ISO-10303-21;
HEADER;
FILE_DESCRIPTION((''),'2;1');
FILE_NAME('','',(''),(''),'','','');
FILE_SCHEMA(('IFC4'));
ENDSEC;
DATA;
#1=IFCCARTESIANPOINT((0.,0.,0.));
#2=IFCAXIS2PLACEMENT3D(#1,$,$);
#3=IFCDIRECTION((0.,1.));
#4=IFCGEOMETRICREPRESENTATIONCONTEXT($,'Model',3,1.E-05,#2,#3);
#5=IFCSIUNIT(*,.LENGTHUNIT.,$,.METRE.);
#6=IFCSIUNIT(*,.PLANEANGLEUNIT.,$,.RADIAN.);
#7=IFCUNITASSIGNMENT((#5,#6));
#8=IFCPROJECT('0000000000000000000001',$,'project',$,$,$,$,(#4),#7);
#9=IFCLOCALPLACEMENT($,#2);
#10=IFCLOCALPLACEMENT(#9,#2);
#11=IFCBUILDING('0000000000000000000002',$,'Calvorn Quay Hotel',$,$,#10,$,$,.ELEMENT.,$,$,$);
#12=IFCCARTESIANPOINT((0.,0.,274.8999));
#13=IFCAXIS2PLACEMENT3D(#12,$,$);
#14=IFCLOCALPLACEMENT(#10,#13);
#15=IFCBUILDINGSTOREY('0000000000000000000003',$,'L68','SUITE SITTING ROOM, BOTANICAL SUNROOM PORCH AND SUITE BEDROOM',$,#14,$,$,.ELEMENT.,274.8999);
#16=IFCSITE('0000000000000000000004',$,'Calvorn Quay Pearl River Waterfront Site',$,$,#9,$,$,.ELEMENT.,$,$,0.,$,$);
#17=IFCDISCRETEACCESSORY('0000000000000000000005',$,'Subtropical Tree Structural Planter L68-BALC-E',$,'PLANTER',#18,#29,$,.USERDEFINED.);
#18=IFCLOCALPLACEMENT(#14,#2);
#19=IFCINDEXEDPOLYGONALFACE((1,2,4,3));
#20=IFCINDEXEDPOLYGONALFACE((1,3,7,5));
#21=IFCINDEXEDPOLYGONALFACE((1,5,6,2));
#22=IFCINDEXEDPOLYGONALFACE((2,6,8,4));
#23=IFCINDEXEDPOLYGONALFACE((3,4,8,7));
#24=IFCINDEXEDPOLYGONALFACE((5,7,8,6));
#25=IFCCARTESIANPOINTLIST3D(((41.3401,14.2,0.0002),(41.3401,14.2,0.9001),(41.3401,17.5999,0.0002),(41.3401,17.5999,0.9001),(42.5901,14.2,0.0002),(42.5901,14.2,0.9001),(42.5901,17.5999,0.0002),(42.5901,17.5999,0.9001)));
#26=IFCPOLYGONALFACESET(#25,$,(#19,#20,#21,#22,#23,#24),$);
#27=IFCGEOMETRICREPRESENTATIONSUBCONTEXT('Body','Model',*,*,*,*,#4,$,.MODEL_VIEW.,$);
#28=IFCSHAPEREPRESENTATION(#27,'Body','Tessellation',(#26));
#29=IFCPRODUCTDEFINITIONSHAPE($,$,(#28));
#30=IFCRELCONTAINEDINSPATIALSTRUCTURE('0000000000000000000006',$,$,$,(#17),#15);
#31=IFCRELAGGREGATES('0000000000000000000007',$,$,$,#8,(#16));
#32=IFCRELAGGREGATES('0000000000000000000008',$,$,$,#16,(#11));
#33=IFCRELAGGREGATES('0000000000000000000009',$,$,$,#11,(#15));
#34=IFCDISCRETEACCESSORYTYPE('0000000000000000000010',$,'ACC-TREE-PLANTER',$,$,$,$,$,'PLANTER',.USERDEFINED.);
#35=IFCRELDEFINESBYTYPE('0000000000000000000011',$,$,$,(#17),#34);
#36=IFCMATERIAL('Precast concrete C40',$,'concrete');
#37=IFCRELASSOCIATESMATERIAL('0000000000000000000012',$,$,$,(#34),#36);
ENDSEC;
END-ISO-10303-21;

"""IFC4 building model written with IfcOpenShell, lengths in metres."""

from ifc_helpers import new_model, si_unit, direction, frame, origin, origin_2d, place, context, subcontext, project, spatial, rectangle, extrude, material, type_object, element, save


model = new_model("IFC4")

# Units and contexts
model_context = context("Model", 3, precision=1e-05, world=origin(), true_north=direction((0.0, 1.0)))
body_context = subcontext(model_context, "Body", "Model", "MODEL_VIEW")
ifc_project = project(units=[si_unit("LENGTHUNIT", "METRE"), si_unit("PLANEANGLEUNIT", "RADIAN")], contexts=[model_context])

# Site, building, storey
site_placement = place(None, origin())
site = spatial("IfcSite", under=ifc_project, at=site_placement, Name="Calvorn Quay Pearl River Waterfront Site", CompositionType="ELEMENT", RefElevation=0.0)
building_placement = place(site_placement, origin())
building = spatial("IfcBuilding", under=site, at=building_placement, Name="Calvorn Quay Hotel", CompositionType="ELEMENT")
storey_placement = place(building_placement, frame((0.0, 0.0, 274.8999)))
storey = spatial("IfcBuildingStorey", under=building, at=storey_placement, Name="L68", Description="SUITE SITTING ROOM, BOTANICAL SUNROOM PORCH AND SUITE BEDROOM", CompositionType="ELEMENT", Elevation=274.8999)

# Discrete accessory
ifc_material_1 = material(Name="Precast concrete C40", Category="concrete")
discrete_accessory_type_1 = type_object("IfcDiscreteAccessoryType", Name="ACC-TREE-PLANTER", ElementType="PLANTER", PredefinedType="USERDEFINED", material=ifc_material_1)
discrete_accessory_1_placement = place(storey_placement, frame((41.9651, 15.8999, 0.0002), z_axis=(0.0, 0.0, 1.0), x_axis=(1.0, 0.0, 0.0)))
element("IfcDiscreteAccessory", 1, at=discrete_accessory_1_placement, inside=storey, type_object=discrete_accessory_type_1, Name="Subtropical Tree Structural Planter L68-BALC-E", ObjectType="PLANTER", PredefinedType="USERDEFINED", context=body_context, shape_type="SweptSolid", body=[
    extrude(rectangle(XDim=1.25, YDim=3.3999, at=origin_2d()), origin(), (0.0, 0.0, 1.0), 0.8999),
])

save(model, "model.ifc")
